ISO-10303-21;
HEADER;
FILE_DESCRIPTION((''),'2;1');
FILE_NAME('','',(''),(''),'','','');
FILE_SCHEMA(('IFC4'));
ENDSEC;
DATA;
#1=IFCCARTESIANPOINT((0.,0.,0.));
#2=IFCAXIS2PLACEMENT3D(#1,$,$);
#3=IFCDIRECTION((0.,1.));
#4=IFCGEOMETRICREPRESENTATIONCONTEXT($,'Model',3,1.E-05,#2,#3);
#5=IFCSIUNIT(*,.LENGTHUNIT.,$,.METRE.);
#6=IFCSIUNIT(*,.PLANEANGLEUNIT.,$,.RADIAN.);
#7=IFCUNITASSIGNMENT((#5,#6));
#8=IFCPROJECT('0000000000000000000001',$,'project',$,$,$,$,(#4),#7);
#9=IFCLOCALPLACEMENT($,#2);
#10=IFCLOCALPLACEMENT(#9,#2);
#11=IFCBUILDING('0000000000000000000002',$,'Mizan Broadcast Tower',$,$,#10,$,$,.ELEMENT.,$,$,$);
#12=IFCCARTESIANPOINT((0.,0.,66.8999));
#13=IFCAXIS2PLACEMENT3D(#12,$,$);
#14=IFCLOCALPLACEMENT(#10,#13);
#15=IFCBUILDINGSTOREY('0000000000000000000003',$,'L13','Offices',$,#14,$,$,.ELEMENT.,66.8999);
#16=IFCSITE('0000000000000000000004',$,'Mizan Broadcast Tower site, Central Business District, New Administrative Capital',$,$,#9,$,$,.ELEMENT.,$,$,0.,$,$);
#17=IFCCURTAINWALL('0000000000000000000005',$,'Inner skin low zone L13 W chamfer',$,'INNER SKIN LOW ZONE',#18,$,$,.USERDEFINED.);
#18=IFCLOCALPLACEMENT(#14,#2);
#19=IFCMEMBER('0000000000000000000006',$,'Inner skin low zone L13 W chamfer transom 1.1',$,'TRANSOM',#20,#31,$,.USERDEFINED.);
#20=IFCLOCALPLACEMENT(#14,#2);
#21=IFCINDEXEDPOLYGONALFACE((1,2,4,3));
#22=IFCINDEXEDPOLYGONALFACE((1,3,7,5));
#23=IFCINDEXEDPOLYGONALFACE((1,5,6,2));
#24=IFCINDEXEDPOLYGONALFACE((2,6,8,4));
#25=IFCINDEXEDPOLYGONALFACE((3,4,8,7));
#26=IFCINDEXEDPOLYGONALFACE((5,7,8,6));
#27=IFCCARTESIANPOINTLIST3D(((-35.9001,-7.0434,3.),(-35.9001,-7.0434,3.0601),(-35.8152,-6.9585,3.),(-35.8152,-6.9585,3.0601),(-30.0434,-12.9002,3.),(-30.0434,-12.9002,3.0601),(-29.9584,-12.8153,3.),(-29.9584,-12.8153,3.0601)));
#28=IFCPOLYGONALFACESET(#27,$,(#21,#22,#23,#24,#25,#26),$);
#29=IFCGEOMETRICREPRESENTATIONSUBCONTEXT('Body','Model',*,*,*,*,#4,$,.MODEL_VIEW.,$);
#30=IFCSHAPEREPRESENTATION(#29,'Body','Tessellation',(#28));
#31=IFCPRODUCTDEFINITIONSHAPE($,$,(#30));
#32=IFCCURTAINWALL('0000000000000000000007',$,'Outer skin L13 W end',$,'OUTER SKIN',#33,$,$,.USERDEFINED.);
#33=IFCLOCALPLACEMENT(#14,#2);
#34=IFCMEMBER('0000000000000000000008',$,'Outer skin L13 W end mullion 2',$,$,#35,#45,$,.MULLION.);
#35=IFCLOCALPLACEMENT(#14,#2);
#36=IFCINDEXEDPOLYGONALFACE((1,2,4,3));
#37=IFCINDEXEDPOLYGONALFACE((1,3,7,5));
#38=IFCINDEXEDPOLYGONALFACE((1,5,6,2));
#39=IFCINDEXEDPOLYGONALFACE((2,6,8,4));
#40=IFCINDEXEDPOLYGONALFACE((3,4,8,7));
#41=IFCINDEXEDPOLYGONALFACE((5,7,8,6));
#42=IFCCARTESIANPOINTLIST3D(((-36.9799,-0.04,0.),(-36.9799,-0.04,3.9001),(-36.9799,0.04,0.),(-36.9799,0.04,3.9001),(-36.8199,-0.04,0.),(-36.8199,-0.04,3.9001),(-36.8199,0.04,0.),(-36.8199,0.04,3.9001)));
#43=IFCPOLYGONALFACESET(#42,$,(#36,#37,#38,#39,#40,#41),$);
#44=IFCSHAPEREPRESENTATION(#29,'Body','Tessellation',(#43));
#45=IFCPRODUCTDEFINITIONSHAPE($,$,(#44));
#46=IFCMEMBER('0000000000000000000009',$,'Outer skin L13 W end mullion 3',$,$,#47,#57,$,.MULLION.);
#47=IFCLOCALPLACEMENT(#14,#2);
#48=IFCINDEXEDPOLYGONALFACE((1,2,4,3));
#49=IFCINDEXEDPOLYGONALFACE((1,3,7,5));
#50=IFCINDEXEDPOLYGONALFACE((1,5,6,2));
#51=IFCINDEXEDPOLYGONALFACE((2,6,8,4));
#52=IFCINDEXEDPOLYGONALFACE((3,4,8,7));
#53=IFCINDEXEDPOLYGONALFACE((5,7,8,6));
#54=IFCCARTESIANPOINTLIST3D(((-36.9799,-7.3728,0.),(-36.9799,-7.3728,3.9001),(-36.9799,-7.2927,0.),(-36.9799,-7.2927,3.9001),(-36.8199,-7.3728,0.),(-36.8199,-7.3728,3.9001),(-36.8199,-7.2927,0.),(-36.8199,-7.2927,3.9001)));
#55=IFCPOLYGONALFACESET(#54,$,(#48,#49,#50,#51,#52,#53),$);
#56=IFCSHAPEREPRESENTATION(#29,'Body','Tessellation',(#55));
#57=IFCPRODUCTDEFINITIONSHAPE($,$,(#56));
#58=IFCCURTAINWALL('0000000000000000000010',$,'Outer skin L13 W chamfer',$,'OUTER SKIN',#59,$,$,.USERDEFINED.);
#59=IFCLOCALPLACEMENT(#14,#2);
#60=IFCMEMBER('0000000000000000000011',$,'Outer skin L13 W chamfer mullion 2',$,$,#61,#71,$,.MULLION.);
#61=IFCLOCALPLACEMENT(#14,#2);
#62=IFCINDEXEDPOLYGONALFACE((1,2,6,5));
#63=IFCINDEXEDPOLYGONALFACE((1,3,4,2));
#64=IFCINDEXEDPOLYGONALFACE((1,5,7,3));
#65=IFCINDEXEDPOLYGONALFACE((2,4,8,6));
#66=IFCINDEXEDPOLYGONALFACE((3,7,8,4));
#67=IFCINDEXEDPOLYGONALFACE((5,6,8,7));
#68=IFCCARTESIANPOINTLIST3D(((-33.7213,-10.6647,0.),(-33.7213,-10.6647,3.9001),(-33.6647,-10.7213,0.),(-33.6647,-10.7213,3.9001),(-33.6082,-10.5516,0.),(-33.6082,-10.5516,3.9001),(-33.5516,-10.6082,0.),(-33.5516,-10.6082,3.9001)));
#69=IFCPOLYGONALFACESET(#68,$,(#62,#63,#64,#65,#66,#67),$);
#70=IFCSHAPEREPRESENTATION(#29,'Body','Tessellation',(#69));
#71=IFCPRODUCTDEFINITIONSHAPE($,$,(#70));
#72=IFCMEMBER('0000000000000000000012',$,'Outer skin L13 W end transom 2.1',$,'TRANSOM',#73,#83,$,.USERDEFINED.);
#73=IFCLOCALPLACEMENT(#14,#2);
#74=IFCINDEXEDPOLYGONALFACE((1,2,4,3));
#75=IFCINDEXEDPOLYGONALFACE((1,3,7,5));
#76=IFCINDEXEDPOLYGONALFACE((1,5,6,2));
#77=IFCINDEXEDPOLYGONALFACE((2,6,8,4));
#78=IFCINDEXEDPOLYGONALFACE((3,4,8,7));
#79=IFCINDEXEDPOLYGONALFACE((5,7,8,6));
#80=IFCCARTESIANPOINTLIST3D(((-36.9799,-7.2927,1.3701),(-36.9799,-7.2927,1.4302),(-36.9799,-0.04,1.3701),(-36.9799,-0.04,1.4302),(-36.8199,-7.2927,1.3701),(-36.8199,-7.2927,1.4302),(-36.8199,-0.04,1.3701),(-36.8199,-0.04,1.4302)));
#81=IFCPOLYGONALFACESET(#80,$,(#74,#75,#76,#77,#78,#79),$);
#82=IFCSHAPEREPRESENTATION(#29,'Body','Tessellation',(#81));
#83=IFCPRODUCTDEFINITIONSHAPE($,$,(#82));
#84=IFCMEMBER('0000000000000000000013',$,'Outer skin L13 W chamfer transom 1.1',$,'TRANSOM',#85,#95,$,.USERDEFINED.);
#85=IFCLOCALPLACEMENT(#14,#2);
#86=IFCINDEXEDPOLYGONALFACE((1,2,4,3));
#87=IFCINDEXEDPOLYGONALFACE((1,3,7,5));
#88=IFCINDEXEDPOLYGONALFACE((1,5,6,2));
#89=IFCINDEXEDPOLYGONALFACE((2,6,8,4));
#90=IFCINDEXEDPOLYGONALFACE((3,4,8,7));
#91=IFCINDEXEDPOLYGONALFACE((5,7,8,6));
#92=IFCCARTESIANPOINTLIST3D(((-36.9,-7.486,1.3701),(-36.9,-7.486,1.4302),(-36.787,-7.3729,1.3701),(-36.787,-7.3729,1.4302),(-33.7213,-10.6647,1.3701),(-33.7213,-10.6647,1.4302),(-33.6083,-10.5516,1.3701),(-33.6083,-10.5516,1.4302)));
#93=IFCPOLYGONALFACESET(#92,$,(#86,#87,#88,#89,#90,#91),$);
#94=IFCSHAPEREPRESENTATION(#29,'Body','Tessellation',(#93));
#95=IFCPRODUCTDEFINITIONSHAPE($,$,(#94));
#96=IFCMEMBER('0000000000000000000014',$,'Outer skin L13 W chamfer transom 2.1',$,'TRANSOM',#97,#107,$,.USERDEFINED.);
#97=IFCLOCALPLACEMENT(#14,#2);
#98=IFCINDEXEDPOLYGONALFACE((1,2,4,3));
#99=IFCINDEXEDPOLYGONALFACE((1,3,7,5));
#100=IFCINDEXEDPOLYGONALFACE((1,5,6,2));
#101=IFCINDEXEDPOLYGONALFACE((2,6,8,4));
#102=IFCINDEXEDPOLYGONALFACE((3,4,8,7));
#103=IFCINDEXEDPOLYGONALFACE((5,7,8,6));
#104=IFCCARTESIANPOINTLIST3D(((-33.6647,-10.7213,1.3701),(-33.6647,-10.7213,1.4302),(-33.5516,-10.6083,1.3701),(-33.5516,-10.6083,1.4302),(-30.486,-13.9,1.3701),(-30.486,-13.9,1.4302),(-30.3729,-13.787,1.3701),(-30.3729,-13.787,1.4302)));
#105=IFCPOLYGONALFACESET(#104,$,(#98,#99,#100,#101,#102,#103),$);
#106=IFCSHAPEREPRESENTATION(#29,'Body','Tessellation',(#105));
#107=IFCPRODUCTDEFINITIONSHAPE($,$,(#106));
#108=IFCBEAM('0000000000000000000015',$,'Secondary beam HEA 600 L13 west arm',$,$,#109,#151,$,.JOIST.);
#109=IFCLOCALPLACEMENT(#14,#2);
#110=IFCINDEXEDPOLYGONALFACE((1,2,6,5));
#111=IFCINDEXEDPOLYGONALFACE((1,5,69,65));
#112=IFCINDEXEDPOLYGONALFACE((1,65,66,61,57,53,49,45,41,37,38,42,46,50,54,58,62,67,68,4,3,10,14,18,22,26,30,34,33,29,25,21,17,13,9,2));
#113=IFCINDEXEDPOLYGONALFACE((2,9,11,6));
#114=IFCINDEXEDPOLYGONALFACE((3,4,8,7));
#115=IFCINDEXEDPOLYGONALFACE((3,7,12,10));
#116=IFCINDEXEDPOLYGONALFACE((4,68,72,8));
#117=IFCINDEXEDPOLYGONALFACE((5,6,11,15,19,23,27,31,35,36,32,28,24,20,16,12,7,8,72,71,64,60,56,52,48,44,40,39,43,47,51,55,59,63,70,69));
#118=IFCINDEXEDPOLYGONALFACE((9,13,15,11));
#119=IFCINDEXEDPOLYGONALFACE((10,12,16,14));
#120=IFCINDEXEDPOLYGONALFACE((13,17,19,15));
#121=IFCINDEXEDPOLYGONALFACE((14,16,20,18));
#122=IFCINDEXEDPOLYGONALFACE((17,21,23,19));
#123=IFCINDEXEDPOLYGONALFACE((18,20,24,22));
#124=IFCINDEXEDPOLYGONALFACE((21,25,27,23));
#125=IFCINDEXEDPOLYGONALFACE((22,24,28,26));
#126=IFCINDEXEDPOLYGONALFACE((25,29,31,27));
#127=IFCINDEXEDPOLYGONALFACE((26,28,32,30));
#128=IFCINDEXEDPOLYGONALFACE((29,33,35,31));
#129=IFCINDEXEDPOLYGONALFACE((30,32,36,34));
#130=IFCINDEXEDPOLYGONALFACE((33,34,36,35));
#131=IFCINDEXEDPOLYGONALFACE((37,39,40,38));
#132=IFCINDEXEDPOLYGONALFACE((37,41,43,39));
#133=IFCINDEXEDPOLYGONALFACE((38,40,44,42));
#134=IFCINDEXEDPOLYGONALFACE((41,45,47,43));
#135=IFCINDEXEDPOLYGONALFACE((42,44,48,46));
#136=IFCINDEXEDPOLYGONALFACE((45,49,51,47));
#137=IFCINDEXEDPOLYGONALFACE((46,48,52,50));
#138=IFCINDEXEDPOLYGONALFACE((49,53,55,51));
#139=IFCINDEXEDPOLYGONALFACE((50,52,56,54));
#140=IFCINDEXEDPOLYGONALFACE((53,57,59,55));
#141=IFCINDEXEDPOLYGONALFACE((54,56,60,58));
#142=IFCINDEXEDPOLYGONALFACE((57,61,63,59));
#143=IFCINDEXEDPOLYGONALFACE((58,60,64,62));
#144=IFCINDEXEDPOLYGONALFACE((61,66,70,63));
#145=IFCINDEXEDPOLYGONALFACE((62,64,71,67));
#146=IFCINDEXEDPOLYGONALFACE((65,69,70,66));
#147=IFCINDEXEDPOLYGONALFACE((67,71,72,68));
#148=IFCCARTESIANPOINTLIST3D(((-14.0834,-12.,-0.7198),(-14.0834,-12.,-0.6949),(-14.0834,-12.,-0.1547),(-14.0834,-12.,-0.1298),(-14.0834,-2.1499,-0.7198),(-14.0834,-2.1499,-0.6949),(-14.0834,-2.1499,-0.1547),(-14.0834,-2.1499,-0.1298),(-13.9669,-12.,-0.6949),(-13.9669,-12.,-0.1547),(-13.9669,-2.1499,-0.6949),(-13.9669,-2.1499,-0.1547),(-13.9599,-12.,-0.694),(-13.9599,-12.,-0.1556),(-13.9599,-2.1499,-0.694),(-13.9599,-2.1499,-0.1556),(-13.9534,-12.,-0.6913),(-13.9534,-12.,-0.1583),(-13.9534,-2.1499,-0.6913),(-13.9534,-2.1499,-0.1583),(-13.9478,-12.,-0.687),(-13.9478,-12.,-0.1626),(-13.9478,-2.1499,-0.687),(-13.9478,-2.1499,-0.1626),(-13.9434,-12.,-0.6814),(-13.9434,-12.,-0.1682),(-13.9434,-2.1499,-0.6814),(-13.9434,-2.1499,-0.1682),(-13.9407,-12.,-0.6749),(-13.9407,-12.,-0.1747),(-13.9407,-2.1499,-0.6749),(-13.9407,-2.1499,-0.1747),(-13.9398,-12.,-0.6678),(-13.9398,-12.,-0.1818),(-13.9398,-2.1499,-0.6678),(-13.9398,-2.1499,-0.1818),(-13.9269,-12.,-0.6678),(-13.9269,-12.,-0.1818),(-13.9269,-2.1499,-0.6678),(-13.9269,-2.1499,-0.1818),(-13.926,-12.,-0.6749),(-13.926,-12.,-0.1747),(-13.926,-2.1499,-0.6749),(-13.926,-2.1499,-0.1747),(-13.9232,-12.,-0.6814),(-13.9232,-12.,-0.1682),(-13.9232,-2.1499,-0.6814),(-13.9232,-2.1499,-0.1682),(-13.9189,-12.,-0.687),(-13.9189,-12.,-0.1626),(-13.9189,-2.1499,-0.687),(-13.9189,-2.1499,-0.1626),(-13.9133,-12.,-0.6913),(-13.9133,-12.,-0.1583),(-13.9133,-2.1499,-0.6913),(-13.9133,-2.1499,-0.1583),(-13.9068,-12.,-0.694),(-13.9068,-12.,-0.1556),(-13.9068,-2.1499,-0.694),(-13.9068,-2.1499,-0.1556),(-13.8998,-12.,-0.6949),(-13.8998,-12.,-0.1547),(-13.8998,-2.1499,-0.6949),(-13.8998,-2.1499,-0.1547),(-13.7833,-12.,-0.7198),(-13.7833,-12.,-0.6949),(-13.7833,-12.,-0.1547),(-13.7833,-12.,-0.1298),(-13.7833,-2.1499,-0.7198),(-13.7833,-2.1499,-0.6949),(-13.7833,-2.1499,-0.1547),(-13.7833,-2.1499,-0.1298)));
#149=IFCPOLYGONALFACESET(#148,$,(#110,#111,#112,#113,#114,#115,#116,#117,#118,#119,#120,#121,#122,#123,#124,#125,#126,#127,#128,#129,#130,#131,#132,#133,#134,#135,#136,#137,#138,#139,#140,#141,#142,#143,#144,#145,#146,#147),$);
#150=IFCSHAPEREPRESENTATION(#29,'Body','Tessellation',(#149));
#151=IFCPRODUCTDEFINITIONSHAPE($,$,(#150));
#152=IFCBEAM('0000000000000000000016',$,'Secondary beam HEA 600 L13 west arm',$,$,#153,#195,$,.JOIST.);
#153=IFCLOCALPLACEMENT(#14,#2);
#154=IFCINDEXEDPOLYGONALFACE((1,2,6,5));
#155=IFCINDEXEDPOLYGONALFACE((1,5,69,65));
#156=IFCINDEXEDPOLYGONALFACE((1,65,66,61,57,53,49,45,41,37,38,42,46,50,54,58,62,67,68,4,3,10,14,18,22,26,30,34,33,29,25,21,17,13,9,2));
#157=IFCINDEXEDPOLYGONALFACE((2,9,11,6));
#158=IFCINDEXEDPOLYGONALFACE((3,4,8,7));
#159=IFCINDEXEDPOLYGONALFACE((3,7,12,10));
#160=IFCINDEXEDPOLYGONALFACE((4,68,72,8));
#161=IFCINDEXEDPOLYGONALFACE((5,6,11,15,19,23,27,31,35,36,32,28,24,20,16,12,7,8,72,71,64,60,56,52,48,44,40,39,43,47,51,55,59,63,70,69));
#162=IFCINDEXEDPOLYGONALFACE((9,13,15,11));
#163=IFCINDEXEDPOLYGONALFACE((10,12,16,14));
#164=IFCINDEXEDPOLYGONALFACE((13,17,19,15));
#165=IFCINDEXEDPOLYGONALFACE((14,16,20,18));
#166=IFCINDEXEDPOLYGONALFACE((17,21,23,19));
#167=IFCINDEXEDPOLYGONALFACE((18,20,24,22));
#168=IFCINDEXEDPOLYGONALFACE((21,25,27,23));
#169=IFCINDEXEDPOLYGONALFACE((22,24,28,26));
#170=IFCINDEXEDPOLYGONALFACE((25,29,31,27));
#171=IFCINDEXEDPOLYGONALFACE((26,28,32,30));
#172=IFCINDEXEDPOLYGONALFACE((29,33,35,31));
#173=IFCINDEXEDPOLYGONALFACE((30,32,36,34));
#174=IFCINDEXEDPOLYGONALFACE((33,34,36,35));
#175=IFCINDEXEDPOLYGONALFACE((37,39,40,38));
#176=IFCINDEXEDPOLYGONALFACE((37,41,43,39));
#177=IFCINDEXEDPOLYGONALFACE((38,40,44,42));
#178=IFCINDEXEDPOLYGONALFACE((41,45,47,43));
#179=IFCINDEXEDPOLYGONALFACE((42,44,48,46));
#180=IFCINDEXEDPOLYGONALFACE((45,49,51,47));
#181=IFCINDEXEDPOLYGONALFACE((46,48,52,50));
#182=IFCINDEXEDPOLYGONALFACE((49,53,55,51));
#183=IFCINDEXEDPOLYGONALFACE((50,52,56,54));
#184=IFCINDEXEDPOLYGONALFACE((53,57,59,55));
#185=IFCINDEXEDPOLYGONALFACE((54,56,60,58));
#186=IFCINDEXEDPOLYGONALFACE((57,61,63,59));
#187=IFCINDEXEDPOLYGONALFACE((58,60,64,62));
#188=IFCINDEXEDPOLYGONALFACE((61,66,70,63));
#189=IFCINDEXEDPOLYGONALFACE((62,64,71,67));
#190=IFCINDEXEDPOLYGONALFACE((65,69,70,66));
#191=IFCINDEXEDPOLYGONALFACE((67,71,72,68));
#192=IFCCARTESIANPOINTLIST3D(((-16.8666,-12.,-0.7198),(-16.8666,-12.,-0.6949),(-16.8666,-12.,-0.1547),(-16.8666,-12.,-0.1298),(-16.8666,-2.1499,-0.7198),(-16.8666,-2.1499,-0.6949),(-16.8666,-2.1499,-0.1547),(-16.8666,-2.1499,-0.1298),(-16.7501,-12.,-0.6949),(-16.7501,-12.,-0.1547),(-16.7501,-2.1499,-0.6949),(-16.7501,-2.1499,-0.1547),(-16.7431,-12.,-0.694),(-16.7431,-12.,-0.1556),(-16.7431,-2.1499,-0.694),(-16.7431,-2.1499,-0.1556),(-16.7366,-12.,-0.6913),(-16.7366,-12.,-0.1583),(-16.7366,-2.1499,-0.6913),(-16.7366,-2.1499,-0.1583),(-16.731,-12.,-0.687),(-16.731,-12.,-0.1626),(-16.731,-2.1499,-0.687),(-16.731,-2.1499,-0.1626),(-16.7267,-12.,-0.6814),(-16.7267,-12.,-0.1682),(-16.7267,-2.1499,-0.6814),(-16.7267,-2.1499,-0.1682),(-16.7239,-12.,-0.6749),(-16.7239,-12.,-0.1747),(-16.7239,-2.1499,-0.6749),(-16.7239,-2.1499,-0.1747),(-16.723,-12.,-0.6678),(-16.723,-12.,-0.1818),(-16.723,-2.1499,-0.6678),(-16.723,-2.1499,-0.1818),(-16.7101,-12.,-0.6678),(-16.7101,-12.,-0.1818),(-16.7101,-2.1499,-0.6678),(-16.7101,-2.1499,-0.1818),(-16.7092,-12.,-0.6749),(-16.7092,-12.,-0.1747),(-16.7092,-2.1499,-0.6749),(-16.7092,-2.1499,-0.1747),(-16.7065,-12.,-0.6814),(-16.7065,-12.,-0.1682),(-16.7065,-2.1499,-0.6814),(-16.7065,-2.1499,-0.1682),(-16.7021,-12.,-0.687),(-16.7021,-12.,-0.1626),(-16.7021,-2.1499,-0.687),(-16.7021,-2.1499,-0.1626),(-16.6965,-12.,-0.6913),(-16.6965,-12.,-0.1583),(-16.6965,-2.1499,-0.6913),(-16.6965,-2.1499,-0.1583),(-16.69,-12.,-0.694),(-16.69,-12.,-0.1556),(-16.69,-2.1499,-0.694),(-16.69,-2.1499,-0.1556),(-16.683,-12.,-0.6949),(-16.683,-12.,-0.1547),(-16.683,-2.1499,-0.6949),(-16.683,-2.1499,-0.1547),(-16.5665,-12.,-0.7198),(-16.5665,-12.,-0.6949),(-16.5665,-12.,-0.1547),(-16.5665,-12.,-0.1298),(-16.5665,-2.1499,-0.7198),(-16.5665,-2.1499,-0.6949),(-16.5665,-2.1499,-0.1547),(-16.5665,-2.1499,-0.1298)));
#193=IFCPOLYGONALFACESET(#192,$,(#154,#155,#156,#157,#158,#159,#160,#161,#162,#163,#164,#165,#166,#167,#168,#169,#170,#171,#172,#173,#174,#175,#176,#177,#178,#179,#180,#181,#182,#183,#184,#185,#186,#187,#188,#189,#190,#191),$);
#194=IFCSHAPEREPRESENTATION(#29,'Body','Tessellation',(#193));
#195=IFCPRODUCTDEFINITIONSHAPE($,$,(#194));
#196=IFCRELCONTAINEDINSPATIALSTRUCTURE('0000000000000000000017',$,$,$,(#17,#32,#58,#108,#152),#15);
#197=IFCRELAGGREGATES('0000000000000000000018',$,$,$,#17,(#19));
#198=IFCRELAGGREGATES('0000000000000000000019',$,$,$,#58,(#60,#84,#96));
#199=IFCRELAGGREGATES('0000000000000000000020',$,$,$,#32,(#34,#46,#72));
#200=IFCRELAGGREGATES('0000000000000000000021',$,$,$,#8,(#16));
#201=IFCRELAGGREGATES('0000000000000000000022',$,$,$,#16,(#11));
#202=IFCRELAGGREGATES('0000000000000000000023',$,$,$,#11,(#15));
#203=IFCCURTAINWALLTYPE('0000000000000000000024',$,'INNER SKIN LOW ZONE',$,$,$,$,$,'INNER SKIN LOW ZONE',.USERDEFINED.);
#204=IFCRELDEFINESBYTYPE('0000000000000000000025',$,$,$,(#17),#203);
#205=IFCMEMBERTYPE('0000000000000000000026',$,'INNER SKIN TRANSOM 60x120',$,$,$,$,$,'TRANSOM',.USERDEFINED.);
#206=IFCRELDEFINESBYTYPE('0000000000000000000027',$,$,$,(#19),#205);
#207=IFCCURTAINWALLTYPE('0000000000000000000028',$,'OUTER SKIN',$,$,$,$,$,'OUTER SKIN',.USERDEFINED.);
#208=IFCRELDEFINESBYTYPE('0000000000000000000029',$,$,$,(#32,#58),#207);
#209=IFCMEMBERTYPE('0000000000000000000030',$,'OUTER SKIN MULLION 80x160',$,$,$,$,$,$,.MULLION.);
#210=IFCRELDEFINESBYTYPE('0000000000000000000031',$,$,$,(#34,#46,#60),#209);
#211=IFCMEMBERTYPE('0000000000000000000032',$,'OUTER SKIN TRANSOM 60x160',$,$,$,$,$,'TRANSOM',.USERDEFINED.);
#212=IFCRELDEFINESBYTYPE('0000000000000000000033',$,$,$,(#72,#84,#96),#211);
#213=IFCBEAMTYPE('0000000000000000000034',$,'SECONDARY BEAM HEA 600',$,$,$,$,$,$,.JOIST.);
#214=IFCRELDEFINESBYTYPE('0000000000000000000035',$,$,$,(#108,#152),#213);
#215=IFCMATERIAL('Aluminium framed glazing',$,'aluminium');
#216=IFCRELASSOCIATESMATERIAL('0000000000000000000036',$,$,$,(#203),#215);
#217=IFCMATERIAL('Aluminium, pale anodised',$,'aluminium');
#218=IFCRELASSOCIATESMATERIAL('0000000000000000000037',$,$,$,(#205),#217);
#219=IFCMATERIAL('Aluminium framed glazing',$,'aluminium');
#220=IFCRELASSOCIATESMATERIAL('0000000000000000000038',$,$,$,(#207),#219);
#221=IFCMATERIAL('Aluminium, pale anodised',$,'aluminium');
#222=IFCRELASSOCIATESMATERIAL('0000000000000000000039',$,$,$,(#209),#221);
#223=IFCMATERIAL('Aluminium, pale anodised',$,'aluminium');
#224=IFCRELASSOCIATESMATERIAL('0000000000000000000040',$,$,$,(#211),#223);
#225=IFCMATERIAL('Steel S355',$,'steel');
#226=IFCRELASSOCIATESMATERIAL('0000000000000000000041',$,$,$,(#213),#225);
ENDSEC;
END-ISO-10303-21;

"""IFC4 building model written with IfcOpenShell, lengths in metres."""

from ifc_helpers import new_model, si_unit, direction, frame, origin, origin_2d, place, context, subcontext, project, spatial, rectangle, i_section, extrude, material, material_profile, profile_set, type_object, element, aggregate, save


model = new_model("IFC4")

# Units and contexts
model_context = context("Model", 3, precision=1e-05, world=origin(), true_north=direction((0.0, 1.0)))
body_context = subcontext(model_context, "Body", "Model", "MODEL_VIEW")
ifc_project = project(units=[si_unit("LENGTHUNIT", "METRE"), si_unit("PLANEANGLEUNIT", "RADIAN")], contexts=[model_context])

# Site, building, storey
site_placement = place(None, origin())
site = spatial("IfcSite", under=ifc_project, at=site_placement, Name="Mizan Broadcast Tower site, Central Business District, New Administrative Capital", CompositionType="ELEMENT", RefElevation=0.0)
building_placement = place(site_placement, origin())
building = spatial("IfcBuilding", under=site, at=building_placement, Name="Mizan Broadcast Tower", CompositionType="ELEMENT")
storey_placement = place(building_placement, frame((0.0, 0.0, 66.8999)))
storey = spatial("IfcBuildingStorey", under=building, at=storey_placement, Name="L13", Description="Offices", CompositionType="ELEMENT", Elevation=66.8999)

# Shared definitions
ifc_material_1 = material(Name="Aluminium framed glazing", Category="aluminium")
curtain_wall_type_1 = type_object("IfcCurtainWallType", Name="INNER SKIN LOW ZONE", ElementType="INNER SKIN LOW ZONE", PredefinedType="USERDEFINED", material=ifc_material_1)
ifc_material_2 = material(Name="Aluminium, pale anodised", Category="aluminium")
ifc_material_profile_1 = material_profile(ifc_material_2, rectangle(XDim=0.1201, YDim=0.0601, at=origin_2d()), Name="TRANSOM 120x60")
ifc_profile_set_1 = profile_set([ifc_material_profile_1], Name="Aluminium, pale anodised")
member_type_1 = type_object("IfcMemberType", Name="INNER SKIN TRANSOM 60x120", ElementType="TRANSOM", PredefinedType="USERDEFINED", material=ifc_profile_set_1)

# Curtain wall, member
curtain_wall_1_placement = place(storey_placement, origin())
curtain_wall_1 = element("IfcCurtainWall", 1, at=curtain_wall_1_placement, inside=storey, type_object=curtain_wall_type_1, Name="Inner skin low zone L13 W chamfer", ObjectType="INNER SKIN LOW ZONE", PredefinedType="USERDEFINED")
member_1_placement = place(storey_placement, frame((-35.8577, -7.001, 3.03), z_axis=(0.707107, -0.707107, 0.0), x_axis=(0.707107, 0.707107, 0.0)))
member_1 = element("IfcMember", 2, at=member_1_placement, type_object=member_type_1, Name="Inner skin low zone L13 W chamfer transom 1.1", ObjectType="TRANSOM", PredefinedType="USERDEFINED", context=body_context, shape_type="SweptSolid", body=[
    extrude(rectangle(XDim=0.1201, YDim=0.0601, at=origin_2d()), origin(), (0.0, 0.0, 1.0), 8.2827),
])

# Curtain wall, members
ifc_material_3 = material(Name="Aluminium framed glazing", Category="aluminium")
curtain_wall_type_2 = type_object("IfcCurtainWallType", Name="OUTER SKIN", ElementType="OUTER SKIN", PredefinedType="USERDEFINED", material=ifc_material_3)
curtain_wall_2_placement = place(storey_placement, origin())
curtain_wall_2 = element("IfcCurtainWall", 3, at=curtain_wall_2_placement, inside=storey, type_object=curtain_wall_type_2, Name="Outer skin L13 W end", ObjectType="OUTER SKIN", PredefinedType="USERDEFINED")
ifc_material_4 = material(Name="Aluminium, pale anodised", Category="aluminium")
ifc_material_profile_2 = material_profile(ifc_material_4, rectangle(XDim=0.1599, YDim=0.0801, at=origin_2d()), Name="MULLION 160x80")
ifc_profile_set_2 = profile_set([ifc_material_profile_2], Name="Aluminium, pale anodised")
member_type_2 = type_object("IfcMemberType", Name="OUTER SKIN MULLION 80x160", PredefinedType="MULLION", material=ifc_profile_set_2)
member_2_placement = place(storey_placement, frame((-36.8999, 0.0, 0.0), z_axis=(0.0, 0.0, 1.0), x_axis=(1.0, 0.0, 0.0)))
member_2 = element("IfcMember", 4, at=member_2_placement, type_object=member_type_2, Name="Outer skin L13 W end mullion 2", PredefinedType="MULLION", context=body_context, shape_type="SweptSolid", body=[
    extrude(rectangle(XDim=0.1599, YDim=0.0801, at=origin_2d()), origin(), (0.0, 0.0, 1.0), 3.9001),
])
member_3_placement = place(storey_placement, frame((-36.8999, -7.3328, 0.0), z_axis=(0.0, 0.0, 1.0), x_axis=(1.0, 0.0, 0.0)))
member_3 = element("IfcMember", 5, at=member_3_placement, type_object=member_type_2, Name="Outer skin L13 W end mullion 3", PredefinedType="MULLION", context=body_context, shape_type="SweptSolid", body=[
    extrude(rectangle(XDim=0.1599, YDim=0.0801, at=origin_2d()), origin(), (0.0, 0.0, 1.0), 3.9001),
])

# Curtain wall, member
curtain_wall_3_placement = place(storey_placement, origin())
curtain_wall_3 = element("IfcCurtainWall", 6, at=curtain_wall_3_placement, inside=storey, type_object=curtain_wall_type_2, Name="Outer skin L13 W chamfer", ObjectType="OUTER SKIN", PredefinedType="USERDEFINED")
member_4_placement = place(storey_placement, frame((-33.6365, -10.6365, 0.0), z_axis=(0.0, 0.0, 1.0), x_axis=(0.707107, 0.707107, 0.0)))
member_4 = element("IfcMember", 7, at=member_4_placement, type_object=member_type_2, Name="Outer skin L13 W chamfer mullion 2", PredefinedType="MULLION", context=body_context, shape_type="SweptSolid", body=[
    extrude(rectangle(XDim=0.1599, YDim=0.0801, at=origin_2d()), origin(), (0.0, 0.0, 1.0), 3.9001),
])

# Members
ifc_material_5 = material(Name="Aluminium, pale anodised", Category="aluminium")
ifc_material_profile_3 = material_profile(ifc_material_5, rectangle(XDim=0.1599, YDim=0.0601, at=origin_2d()), Name="TRANSOM 160x60")
ifc_profile_set_3 = profile_set([ifc_material_profile_3], Name="Aluminium, pale anodised")
member_type_3 = type_object("IfcMemberType", Name="OUTER SKIN TRANSOM 60x160", ElementType="TRANSOM", PredefinedType="USERDEFINED", material=ifc_profile_set_3)
member_5_placement = place(storey_placement, frame((-36.8999, -0.04, 1.4001), z_axis=(0.0, -1.0, 0.0), x_axis=(1.0, 0.0, 0.0)))
member_5 = element("IfcMember", 8, at=member_5_placement, type_object=member_type_3, Name="Outer skin L13 W end transom 2.1", ObjectType="TRANSOM", PredefinedType="USERDEFINED", context=body_context, shape_type="SweptSolid", body=[
    extrude(rectangle(XDim=0.1599, YDim=0.0601, at=origin_2d()), origin(), (0.0, 0.0, 1.0), 7.2527),
])
member_6_placement = place(storey_placement, frame((-36.8435, -7.4294, 1.4001), z_axis=(0.707107, -0.707107, 0.0), x_axis=(0.707107, 0.707107, 0.0)))
member_6 = element("IfcMember", 9, at=member_6_placement, type_object=member_type_3, Name="Outer skin L13 W chamfer transom 1.1", ObjectType="TRANSOM", PredefinedType="USERDEFINED", context=body_context, shape_type="SweptSolid", body=[
    extrude(rectangle(XDim=0.1599, YDim=0.0601, at=origin_2d()), origin(), (0.0, 0.0, 1.0), 4.4954),
])
member_7_placement = place(storey_placement, frame((-33.6082, -10.6648, 1.4001), z_axis=(0.707107, -0.707107, 0.0), x_axis=(0.707107, 0.707107, 0.0)))
member_7 = element("IfcMember", 10, at=member_7_placement, type_object=member_type_3, Name="Outer skin L13 W chamfer transom 2.1", ObjectType="TRANSOM", PredefinedType="USERDEFINED", context=body_context, shape_type="SweptSolid", body=[
    extrude(rectangle(XDim=0.1599, YDim=0.0601, at=origin_2d()), origin(), (0.0, 0.0, 1.0), 4.4954),
])

# Beams
ifc_material_6 = material(Name="Steel S355", Category="steel")
ifc_material_profile_4 = material_profile(ifc_material_6, i_section(OverallWidth=0.3, OverallDepth=0.5901, WebThickness=0.0129, FlangeThickness=0.0249, FilletRadius=0.0271, at=origin_2d()), Name="HEA 600")
ifc_profile_set_4 = profile_set([ifc_material_profile_4], Name="Steel S355")
beam_type_1 = type_object("IfcBeamType", Name="SECONDARY BEAM HEA 600", PredefinedType="JOIST", material=ifc_profile_set_4)
for number, where, z_axis, x_axis, name in (
    (11, (-13.9333, -12.0, -0.4248), (0.0, 1.0, 0.0), (-1.0, 0.0, 0.0), "Secondary beam HEA 600 L13 west arm"),
    (12, (-16.7166, -12.0, -0.4248), (0.0, 1.0, 0.0), (-1.0, 0.0, 0.0), "Secondary beam HEA 600 L13 west arm"),
):
    element("IfcBeam", number, at=place(storey_placement, frame(where, z_axis=z_axis, x_axis=x_axis)), inside=storey, type_object=beam_type_1, Name=name, PredefinedType="JOIST", context=body_context, shape_type="SweptSolid", body=[
        extrude(i_section(OverallWidth=0.3, OverallDepth=0.5901, WebThickness=0.0129, FlangeThickness=0.0249, FilletRadius=0.0271, at=origin_2d()), origin(), (0.0, 0.0, 1.0), 9.8501),
    ])

aggregate(curtain_wall_1, [member_1])
aggregate(curtain_wall_3, [member_4, member_6, member_7])
aggregate(curtain_wall_2, [member_2, member_3, member_5])

save(model, "model.ifc")
